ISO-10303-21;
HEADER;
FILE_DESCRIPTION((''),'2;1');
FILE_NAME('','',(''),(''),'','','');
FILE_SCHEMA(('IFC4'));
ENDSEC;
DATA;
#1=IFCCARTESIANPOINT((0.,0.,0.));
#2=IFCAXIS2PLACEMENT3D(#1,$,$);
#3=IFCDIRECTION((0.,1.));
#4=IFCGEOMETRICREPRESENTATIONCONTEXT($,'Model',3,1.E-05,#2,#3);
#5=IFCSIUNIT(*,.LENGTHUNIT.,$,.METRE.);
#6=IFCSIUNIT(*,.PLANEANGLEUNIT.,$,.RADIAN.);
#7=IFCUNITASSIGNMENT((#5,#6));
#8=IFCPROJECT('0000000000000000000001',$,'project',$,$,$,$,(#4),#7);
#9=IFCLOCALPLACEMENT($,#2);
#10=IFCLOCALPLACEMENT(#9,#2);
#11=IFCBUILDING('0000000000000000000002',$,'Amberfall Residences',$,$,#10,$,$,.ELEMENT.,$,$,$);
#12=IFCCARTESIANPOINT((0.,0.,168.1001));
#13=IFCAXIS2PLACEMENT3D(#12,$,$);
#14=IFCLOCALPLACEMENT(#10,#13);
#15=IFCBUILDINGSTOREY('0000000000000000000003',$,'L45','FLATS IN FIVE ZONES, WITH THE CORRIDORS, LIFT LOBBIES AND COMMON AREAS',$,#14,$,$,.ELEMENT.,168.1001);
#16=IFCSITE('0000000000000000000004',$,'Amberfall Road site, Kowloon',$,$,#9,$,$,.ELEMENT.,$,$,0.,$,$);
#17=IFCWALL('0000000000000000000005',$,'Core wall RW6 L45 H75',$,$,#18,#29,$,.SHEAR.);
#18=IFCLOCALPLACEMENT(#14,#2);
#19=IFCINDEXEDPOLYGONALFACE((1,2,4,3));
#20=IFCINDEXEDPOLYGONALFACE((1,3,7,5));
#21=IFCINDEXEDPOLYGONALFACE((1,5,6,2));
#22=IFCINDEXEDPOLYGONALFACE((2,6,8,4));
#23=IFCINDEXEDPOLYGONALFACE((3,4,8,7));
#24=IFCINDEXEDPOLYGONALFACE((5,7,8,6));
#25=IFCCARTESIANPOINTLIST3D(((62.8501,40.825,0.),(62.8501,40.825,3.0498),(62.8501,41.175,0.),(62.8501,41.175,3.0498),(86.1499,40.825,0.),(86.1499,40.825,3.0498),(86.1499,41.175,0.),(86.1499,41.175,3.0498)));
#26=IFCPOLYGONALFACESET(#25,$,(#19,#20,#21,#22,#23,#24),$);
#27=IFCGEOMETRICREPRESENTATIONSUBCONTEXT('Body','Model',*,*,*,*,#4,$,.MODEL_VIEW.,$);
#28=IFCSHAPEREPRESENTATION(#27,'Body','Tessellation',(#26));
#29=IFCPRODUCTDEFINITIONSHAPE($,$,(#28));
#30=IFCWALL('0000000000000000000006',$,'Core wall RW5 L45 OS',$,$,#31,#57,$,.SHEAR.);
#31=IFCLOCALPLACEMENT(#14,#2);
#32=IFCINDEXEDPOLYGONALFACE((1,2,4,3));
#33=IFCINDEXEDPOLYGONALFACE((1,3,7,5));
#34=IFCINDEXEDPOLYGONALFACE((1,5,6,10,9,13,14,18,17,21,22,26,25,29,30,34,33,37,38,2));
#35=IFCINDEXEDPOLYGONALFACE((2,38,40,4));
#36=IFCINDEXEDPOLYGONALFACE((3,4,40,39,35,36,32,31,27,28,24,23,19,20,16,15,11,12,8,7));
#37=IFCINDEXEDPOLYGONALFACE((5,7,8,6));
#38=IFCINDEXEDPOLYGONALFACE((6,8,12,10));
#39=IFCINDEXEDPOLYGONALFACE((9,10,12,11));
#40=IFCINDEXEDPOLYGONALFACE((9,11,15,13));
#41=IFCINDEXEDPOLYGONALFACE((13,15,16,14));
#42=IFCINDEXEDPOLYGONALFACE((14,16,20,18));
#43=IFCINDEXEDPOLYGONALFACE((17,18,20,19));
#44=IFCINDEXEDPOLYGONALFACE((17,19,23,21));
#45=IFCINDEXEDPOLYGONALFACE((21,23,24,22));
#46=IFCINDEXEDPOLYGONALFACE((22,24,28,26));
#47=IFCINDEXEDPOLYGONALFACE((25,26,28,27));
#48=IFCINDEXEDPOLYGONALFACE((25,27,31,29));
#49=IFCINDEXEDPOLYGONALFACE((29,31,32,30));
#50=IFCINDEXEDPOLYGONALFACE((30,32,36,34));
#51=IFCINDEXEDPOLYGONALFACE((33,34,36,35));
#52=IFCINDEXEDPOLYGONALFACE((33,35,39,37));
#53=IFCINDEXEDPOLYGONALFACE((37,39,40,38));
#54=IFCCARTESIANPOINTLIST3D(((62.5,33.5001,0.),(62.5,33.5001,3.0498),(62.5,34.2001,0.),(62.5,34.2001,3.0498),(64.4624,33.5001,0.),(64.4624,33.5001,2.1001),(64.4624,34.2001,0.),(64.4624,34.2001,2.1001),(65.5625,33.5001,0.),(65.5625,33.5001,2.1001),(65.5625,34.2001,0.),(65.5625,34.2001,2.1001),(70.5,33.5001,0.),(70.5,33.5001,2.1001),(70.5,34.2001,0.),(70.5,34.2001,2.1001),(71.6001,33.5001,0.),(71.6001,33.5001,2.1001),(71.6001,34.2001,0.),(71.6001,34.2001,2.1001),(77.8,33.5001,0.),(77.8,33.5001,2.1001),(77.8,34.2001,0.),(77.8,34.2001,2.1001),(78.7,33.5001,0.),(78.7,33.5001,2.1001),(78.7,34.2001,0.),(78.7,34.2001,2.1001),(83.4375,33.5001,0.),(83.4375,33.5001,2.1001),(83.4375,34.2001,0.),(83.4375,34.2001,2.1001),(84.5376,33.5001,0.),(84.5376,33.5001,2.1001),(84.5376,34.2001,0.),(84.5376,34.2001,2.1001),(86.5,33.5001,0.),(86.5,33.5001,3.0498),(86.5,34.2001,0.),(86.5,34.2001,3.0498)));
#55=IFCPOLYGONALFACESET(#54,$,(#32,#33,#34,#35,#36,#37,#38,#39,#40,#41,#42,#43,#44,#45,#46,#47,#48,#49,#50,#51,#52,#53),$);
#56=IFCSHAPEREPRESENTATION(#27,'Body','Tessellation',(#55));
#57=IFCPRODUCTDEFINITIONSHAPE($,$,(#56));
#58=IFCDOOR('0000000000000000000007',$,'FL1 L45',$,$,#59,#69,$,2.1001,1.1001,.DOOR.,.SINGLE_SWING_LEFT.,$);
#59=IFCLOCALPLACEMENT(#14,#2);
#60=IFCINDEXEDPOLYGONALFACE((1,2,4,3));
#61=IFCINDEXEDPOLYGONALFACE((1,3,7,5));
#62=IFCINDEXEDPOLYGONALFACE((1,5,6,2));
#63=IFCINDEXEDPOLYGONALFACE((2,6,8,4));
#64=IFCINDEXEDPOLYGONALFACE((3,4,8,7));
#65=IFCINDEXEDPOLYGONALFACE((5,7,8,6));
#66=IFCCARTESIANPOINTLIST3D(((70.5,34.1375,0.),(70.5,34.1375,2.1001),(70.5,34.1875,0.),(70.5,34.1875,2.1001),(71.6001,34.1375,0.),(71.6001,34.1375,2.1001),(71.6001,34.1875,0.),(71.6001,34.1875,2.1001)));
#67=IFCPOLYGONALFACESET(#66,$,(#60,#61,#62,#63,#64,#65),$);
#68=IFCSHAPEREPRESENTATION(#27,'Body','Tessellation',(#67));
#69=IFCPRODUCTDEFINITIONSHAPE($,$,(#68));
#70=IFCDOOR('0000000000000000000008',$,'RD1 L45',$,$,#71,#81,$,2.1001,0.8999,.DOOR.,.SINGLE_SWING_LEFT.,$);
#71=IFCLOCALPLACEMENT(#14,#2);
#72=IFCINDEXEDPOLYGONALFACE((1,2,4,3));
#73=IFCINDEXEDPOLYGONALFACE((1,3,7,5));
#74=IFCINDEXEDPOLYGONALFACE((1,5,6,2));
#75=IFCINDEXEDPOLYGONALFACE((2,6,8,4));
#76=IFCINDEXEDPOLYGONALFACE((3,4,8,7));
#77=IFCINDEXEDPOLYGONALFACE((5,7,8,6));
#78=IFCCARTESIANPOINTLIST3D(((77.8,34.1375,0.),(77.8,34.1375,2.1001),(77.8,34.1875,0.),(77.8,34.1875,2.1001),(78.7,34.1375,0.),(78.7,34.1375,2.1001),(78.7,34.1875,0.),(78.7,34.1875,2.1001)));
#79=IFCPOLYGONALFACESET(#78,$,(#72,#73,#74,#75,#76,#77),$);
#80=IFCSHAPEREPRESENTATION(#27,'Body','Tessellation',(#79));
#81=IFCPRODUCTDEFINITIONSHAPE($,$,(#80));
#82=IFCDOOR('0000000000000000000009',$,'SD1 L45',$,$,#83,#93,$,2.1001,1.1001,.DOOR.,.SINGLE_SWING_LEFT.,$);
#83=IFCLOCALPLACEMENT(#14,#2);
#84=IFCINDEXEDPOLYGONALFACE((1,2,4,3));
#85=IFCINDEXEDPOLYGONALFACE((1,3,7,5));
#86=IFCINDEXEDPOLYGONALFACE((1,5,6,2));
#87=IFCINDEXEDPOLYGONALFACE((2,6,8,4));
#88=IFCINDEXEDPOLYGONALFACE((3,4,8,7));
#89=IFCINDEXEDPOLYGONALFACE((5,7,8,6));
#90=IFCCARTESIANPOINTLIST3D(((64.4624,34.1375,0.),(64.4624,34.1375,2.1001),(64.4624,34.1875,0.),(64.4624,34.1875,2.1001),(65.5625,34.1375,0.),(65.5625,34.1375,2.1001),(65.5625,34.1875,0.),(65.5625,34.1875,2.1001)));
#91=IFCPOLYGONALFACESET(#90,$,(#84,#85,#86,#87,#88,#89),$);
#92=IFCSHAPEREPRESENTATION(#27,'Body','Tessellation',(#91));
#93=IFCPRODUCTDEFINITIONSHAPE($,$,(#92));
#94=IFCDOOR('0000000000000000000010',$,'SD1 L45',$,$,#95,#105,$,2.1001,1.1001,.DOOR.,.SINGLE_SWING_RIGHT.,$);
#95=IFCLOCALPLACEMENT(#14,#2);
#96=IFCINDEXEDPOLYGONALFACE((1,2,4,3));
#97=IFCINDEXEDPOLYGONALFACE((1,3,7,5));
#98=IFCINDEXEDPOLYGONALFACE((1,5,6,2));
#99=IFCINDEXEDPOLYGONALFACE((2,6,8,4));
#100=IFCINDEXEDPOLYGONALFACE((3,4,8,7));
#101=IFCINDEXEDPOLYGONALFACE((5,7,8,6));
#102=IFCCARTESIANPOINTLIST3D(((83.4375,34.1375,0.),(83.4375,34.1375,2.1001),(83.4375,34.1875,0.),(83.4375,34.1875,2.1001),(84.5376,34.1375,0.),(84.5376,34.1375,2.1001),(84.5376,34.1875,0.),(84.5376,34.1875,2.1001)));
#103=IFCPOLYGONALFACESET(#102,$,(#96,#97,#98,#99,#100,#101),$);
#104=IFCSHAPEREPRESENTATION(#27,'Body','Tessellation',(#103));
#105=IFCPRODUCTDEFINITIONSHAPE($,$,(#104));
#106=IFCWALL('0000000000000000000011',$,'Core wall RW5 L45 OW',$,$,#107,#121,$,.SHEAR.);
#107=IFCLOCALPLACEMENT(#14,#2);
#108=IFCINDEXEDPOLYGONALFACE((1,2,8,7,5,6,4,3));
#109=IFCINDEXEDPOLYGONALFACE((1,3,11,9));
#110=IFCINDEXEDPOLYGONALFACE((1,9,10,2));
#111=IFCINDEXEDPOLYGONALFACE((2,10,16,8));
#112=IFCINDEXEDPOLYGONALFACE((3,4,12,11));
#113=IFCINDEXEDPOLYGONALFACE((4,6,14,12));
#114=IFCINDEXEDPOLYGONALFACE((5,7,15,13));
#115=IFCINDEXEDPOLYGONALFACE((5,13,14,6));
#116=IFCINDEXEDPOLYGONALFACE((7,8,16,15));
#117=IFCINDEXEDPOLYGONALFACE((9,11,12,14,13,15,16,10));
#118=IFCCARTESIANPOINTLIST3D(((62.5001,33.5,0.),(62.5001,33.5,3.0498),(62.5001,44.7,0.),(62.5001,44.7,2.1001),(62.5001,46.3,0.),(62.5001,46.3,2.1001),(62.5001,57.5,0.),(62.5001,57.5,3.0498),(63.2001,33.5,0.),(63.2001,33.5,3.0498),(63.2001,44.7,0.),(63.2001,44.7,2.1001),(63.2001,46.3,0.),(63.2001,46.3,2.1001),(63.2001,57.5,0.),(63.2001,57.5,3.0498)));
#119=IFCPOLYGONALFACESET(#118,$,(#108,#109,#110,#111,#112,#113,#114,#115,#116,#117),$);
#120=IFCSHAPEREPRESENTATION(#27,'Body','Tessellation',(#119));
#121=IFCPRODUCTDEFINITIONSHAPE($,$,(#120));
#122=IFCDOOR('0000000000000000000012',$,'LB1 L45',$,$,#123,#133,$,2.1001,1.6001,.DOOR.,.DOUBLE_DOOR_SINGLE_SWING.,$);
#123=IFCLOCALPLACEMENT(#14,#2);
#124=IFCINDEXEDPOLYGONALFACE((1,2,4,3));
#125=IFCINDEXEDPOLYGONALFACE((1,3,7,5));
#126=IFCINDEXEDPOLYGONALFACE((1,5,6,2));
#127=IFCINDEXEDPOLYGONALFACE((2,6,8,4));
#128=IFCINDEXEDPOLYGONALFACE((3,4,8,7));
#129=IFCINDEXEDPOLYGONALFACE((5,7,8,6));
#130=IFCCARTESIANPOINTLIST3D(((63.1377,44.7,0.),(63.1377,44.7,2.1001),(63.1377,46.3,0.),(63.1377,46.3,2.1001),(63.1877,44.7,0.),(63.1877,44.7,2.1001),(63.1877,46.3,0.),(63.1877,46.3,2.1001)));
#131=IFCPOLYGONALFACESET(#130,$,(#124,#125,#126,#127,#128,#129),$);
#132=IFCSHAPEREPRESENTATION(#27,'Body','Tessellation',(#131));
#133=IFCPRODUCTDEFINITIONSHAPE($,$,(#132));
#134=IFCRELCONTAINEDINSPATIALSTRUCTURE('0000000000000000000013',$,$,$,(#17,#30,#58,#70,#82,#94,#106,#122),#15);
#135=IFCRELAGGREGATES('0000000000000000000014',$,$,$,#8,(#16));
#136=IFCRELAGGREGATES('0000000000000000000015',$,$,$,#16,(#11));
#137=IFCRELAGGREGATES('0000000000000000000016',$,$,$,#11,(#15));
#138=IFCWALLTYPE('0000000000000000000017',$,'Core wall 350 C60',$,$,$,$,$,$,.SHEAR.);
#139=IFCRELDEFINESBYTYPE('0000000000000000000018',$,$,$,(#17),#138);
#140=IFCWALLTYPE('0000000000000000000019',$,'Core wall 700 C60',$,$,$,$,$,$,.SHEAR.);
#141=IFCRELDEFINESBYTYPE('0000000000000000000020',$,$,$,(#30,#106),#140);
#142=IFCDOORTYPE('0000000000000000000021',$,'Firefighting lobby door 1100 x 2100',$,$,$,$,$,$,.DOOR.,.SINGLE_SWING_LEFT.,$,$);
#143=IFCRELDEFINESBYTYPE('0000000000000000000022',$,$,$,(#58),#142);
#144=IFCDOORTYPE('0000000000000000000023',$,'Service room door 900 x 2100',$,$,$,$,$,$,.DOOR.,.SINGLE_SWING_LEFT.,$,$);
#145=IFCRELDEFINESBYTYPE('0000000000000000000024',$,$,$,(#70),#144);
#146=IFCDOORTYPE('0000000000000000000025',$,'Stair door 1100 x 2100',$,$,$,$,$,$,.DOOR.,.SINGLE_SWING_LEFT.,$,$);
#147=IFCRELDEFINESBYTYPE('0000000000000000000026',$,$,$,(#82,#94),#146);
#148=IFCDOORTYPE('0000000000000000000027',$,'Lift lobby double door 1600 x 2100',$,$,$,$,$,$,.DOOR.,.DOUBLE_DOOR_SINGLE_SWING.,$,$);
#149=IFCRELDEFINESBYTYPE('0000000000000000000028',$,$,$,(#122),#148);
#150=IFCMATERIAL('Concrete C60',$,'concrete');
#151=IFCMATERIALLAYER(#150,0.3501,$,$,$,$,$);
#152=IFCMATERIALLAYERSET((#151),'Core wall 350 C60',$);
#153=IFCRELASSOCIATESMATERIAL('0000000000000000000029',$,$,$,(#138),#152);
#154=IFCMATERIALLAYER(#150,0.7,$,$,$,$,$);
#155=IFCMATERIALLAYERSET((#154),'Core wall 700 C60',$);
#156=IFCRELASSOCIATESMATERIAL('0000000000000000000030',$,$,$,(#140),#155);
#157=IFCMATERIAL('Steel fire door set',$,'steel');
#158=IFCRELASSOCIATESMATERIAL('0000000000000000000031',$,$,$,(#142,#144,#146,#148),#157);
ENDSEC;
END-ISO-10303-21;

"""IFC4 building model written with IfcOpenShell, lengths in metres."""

from ifc_helpers import new_model, si_unit, direction, frame, frame_2d, origin, place, context, subcontext, project, spatial, rectangle, extrude, material, layer, layer_set, type_object, element, fill, save


model = new_model("IFC4")

# Units and contexts
model_context = context("Model", 3, precision=1e-05, world=origin(), true_north=direction((0.0, 1.0)))
body_context = subcontext(model_context, "Body", "Model", "MODEL_VIEW")
ifc_project = project(units=[si_unit("LENGTHUNIT", "METRE"), si_unit("PLANEANGLEUNIT", "RADIAN")], contexts=[model_context])

# Site, building, storey
site_placement = place(None, origin())
site = spatial("IfcSite", under=ifc_project, at=site_placement, Name="Amberfall Road site, Kowloon", CompositionType="ELEMENT", RefElevation=0.0)
building_placement = place(site_placement, origin())
building = spatial("IfcBuilding", under=site, at=building_placement, Name="Amberfall Residences", CompositionType="ELEMENT")
storey_placement = place(building_placement, frame((0.0, 0.0, 168.1001)))
storey = spatial("IfcBuildingStorey", under=building, at=storey_placement, Name="L45", Description="FLATS IN FIVE ZONES, WITH THE CORRIDORS, LIFT LOBBIES AND COMMON AREAS", CompositionType="ELEMENT", Elevation=168.1001)

# Wall
ifc_material_1 = material(Name="Concrete C60", Category="concrete")
ifc_layer_1 = layer(ifc_material_1, 0.3501)
ifc_layer_set_1 = layer_set([ifc_layer_1], Name="Core wall 350 C60")
wall_type_1 = type_object("IfcWallType", Name="Core wall 350 C60", PredefinedType="SHEAR", material=ifc_layer_set_1)
wall_1_placement = place(storey_placement, frame((62.8501, 41.0, 0.0), z_axis=(0.0, 0.0, 1.0), x_axis=(1.0, 0.0, 0.0)))
element("IfcWall", 1, at=wall_1_placement, inside=storey, type_object=wall_type_1, Name="Core wall RW6 L45 H75", PredefinedType="SHEAR", context=body_context, shape_type="SweptSolid", body=[
    extrude(rectangle(XDim=23.2998, YDim=0.3501, at=frame_2d((11.6499, 0.0))), origin(), (0.0, 0.0, 1.0), 3.0498),
])

# Wall, openings, doors
ifc_layer_2 = layer(ifc_material_1, 0.7)
ifc_layer_set_2 = layer_set([ifc_layer_2], Name="Core wall 700 C60")
wall_type_2 = type_object("IfcWallType", Name="Core wall 700 C60", PredefinedType="SHEAR", material=ifc_layer_set_2)
wall_2_placement = place(storey_placement, frame((62.5, 33.8501, 0.0), z_axis=(0.0, 0.0, 1.0), x_axis=(1.0, 0.0, 0.0)))
wall_2 = element("IfcWall", 2, at=wall_2_placement, inside=storey, type_object=wall_type_2, Name="Core wall RW5 L45 OS", PredefinedType="SHEAR", context=body_context, shape_type="SweptSolid", body=[
    extrude(rectangle(XDim=24.0, YDim=0.7, at=frame_2d((12.0, 0.0))), origin(), (0.0, 0.0, 1.0), 3.0498),
])
opening_1_placement = place(wall_2_placement, frame((1.9624, 0.0, 0.0)))
opening_1 = element("IfcOpeningElement", 3, at=opening_1_placement, cuts=wall_2, PredefinedType="OPENING", context=body_context, shape_type="SweptSolid", body=[
    extrude(rectangle(XDim=1.1001, YDim=2.1001, at=frame_2d((0.55, 1.05))), frame((0.0, 0.3599, 0.0), z_axis=(0.0, -1.0, 0.0), x_axis=(1.0, 0.0, 0.0)), (0.0, 0.0, 1.0), 0.72),
])
opening_2_placement = place(wall_2_placement, frame((20.9375, 0.0, 0.0)))
opening_2 = element("IfcOpeningElement", 4, at=opening_2_placement, cuts=wall_2, PredefinedType="OPENING", context=body_context, shape_type="SweptSolid", body=[
    extrude(rectangle(XDim=1.1001, YDim=2.1001, at=frame_2d((0.55, 1.05))), frame((0.0, 0.3599, 0.0), z_axis=(0.0, -1.0, 0.0), x_axis=(1.0, 0.0, 0.0)), (0.0, 0.0, 1.0), 0.72),
])
opening_3_placement = place(wall_2_placement, frame((8.0, 0.0, 0.0)))
opening_3 = element("IfcOpeningElement", 5, at=opening_3_placement, cuts=wall_2, PredefinedType="OPENING", context=body_context, shape_type="SweptSolid", body=[
    extrude(rectangle(XDim=1.1001, YDim=2.1001, at=frame_2d((0.55, 1.05))), frame((0.0, 0.3599, 0.0), z_axis=(0.0, -1.0, 0.0), x_axis=(1.0, 0.0, 0.0)), (0.0, 0.0, 1.0), 0.72),
])
opening_4_placement = place(wall_2_placement, frame((15.3, 0.0, 0.0)))
opening_4 = element("IfcOpeningElement", 6, at=opening_4_placement, cuts=wall_2, PredefinedType="OPENING", context=body_context, shape_type="SweptSolid", body=[
    extrude(rectangle(XDim=0.8999, YDim=2.1001, at=frame_2d((0.45, 1.05))), frame((0.0, 0.3599, 0.0), z_axis=(0.0, -1.0, 0.0), x_axis=(1.0, 0.0, 0.0)), (0.0, 0.0, 1.0), 0.72),
])
ifc_material_2 = material(Name="Steel fire door set", Category="steel")
door_type_1 = type_object("IfcDoorType", Name="Firefighting lobby door 1100 x 2100", OperationType="SINGLE_SWING_LEFT", PredefinedType="DOOR", material=ifc_material_2)
door_1_placement = place(opening_3_placement, origin())
door_1 = element("IfcDoor", 7, at=door_1_placement, inside=storey, type_object=door_type_1, Name="FL1 L45", OperationType="SINGLE_SWING_LEFT", OverallHeight=2.1001, OverallWidth=1.1001, PredefinedType="DOOR", context=body_context, shape_type="SweptSolid", body=[
    extrude(rectangle(XDim=1.1001, YDim=2.1001, at=frame_2d((0.55, 1.05))), frame((0.0, 0.3374, 0.0), z_axis=(0.0, -1.0, 0.0), x_axis=(1.0, 0.0, 0.0)), (0.0, 0.0, 1.0), 0.05),
])
fill(opening_3, door_1)
door_type_2 = type_object("IfcDoorType", Name="Service room door 900 x 2100", OperationType="SINGLE_SWING_LEFT", PredefinedType="DOOR", material=ifc_material_2)
door_2_placement = place(opening_4_placement, origin())
door_2 = element("IfcDoor", 8, at=door_2_placement, inside=storey, type_object=door_type_2, Name="RD1 L45", OperationType="SINGLE_SWING_LEFT", OverallHeight=2.1001, OverallWidth=0.8999, PredefinedType="DOOR", context=body_context, shape_type="SweptSolid", body=[
    extrude(rectangle(XDim=0.8999, YDim=2.1001, at=frame_2d((0.45, 1.05))), frame((0.0, 0.3374, 0.0), z_axis=(0.0, -1.0, 0.0), x_axis=(1.0, 0.0, 0.0)), (0.0, 0.0, 1.0), 0.05),
])
fill(opening_4, door_2)
door_type_3 = type_object("IfcDoorType", Name="Stair door 1100 x 2100", OperationType="SINGLE_SWING_LEFT", PredefinedType="DOOR", material=ifc_material_2)
door_3_placement = place(opening_1_placement, origin())
door_3 = element("IfcDoor", 9, at=door_3_placement, inside=storey, type_object=door_type_3, Name="SD1 L45", OperationType="SINGLE_SWING_LEFT", OverallHeight=2.1001, OverallWidth=1.1001, PredefinedType="DOOR", context=body_context, shape_type="SweptSolid", body=[
    extrude(rectangle(XDim=1.1001, YDim=2.1001, at=frame_2d((0.55, 1.05))), frame((0.0, 0.3374, 0.0), z_axis=(0.0, -1.0, 0.0), x_axis=(1.0, 0.0, 0.0)), (0.0, 0.0, 1.0), 0.05),
])
fill(opening_1, door_3)
door_4_placement = place(opening_2_placement, origin())
door_4 = element("IfcDoor", 10, at=door_4_placement, inside=storey, type_object=door_type_3, Name="SD1 L45", OperationType="SINGLE_SWING_RIGHT", OverallHeight=2.1001, OverallWidth=1.1001, PredefinedType="DOOR", context=body_context, shape_type="SweptSolid", body=[
    extrude(rectangle(XDim=1.1001, YDim=2.1001, at=frame_2d((0.55, 1.05))), frame((0.0, 0.3374, 0.0), z_axis=(0.0, -1.0, 0.0), x_axis=(1.0, 0.0, 0.0)), (0.0, 0.0, 1.0), 0.05),
])
fill(opening_2, door_4)

# Wall, opening, door
wall_3_placement = place(storey_placement, frame((62.8501, 33.5, 0.0), z_axis=(0.0, 0.0, 1.0), x_axis=(0.0, 1.0, 0.0)))
wall_3 = element("IfcWall", 11, at=wall_3_placement, inside=storey, type_object=wall_type_2, Name="Core wall RW5 L45 OW", PredefinedType="SHEAR", context=body_context, shape_type="SweptSolid", body=[
    extrude(rectangle(XDim=24.0, YDim=0.7, at=frame_2d((12.0, 0.0))), origin(), (0.0, 0.0, 1.0), 3.0498),
])
opening_5_placement = place(wall_3_placement, frame((11.2, 0.0, 0.0)))
opening_5 = element("IfcOpeningElement", 12, at=opening_5_placement, cuts=wall_3, PredefinedType="OPENING", context=body_context, shape_type="SweptSolid", body=[
    extrude(rectangle(XDim=1.6001, YDim=2.1001, at=frame_2d((0.8, 1.05))), frame((0.0, 0.3599, 0.0), z_axis=(0.0, -1.0, 0.0), x_axis=(1.0, 0.0, 0.0)), (0.0, 0.0, 1.0), 0.72),
])
door_type_4 = type_object("IfcDoorType", Name="Lift lobby double door 1600 x 2100", OperationType="DOUBLE_DOOR_SINGLE_SWING", PredefinedType="DOOR", material=ifc_material_2)
door_5_placement = place(opening_5_placement, origin())
door_5 = element("IfcDoor", 13, at=door_5_placement, inside=storey, type_object=door_type_4, Name="LB1 L45", OperationType="DOUBLE_DOOR_SINGLE_SWING", OverallHeight=2.1001, OverallWidth=1.6001, PredefinedType="DOOR", context=body_context, shape_type="SweptSolid", body=[
    extrude(rectangle(XDim=1.6001, YDim=2.1001, at=frame_2d((0.8, 1.05))), frame((0.0, -0.2876, 0.0), z_axis=(0.0, -1.0, 0.0), x_axis=(1.0, 0.0, 0.0)), (0.0, 0.0, 1.0), 0.05),
])
fill(opening_5, door_5)

save(model, "model.ifc")
